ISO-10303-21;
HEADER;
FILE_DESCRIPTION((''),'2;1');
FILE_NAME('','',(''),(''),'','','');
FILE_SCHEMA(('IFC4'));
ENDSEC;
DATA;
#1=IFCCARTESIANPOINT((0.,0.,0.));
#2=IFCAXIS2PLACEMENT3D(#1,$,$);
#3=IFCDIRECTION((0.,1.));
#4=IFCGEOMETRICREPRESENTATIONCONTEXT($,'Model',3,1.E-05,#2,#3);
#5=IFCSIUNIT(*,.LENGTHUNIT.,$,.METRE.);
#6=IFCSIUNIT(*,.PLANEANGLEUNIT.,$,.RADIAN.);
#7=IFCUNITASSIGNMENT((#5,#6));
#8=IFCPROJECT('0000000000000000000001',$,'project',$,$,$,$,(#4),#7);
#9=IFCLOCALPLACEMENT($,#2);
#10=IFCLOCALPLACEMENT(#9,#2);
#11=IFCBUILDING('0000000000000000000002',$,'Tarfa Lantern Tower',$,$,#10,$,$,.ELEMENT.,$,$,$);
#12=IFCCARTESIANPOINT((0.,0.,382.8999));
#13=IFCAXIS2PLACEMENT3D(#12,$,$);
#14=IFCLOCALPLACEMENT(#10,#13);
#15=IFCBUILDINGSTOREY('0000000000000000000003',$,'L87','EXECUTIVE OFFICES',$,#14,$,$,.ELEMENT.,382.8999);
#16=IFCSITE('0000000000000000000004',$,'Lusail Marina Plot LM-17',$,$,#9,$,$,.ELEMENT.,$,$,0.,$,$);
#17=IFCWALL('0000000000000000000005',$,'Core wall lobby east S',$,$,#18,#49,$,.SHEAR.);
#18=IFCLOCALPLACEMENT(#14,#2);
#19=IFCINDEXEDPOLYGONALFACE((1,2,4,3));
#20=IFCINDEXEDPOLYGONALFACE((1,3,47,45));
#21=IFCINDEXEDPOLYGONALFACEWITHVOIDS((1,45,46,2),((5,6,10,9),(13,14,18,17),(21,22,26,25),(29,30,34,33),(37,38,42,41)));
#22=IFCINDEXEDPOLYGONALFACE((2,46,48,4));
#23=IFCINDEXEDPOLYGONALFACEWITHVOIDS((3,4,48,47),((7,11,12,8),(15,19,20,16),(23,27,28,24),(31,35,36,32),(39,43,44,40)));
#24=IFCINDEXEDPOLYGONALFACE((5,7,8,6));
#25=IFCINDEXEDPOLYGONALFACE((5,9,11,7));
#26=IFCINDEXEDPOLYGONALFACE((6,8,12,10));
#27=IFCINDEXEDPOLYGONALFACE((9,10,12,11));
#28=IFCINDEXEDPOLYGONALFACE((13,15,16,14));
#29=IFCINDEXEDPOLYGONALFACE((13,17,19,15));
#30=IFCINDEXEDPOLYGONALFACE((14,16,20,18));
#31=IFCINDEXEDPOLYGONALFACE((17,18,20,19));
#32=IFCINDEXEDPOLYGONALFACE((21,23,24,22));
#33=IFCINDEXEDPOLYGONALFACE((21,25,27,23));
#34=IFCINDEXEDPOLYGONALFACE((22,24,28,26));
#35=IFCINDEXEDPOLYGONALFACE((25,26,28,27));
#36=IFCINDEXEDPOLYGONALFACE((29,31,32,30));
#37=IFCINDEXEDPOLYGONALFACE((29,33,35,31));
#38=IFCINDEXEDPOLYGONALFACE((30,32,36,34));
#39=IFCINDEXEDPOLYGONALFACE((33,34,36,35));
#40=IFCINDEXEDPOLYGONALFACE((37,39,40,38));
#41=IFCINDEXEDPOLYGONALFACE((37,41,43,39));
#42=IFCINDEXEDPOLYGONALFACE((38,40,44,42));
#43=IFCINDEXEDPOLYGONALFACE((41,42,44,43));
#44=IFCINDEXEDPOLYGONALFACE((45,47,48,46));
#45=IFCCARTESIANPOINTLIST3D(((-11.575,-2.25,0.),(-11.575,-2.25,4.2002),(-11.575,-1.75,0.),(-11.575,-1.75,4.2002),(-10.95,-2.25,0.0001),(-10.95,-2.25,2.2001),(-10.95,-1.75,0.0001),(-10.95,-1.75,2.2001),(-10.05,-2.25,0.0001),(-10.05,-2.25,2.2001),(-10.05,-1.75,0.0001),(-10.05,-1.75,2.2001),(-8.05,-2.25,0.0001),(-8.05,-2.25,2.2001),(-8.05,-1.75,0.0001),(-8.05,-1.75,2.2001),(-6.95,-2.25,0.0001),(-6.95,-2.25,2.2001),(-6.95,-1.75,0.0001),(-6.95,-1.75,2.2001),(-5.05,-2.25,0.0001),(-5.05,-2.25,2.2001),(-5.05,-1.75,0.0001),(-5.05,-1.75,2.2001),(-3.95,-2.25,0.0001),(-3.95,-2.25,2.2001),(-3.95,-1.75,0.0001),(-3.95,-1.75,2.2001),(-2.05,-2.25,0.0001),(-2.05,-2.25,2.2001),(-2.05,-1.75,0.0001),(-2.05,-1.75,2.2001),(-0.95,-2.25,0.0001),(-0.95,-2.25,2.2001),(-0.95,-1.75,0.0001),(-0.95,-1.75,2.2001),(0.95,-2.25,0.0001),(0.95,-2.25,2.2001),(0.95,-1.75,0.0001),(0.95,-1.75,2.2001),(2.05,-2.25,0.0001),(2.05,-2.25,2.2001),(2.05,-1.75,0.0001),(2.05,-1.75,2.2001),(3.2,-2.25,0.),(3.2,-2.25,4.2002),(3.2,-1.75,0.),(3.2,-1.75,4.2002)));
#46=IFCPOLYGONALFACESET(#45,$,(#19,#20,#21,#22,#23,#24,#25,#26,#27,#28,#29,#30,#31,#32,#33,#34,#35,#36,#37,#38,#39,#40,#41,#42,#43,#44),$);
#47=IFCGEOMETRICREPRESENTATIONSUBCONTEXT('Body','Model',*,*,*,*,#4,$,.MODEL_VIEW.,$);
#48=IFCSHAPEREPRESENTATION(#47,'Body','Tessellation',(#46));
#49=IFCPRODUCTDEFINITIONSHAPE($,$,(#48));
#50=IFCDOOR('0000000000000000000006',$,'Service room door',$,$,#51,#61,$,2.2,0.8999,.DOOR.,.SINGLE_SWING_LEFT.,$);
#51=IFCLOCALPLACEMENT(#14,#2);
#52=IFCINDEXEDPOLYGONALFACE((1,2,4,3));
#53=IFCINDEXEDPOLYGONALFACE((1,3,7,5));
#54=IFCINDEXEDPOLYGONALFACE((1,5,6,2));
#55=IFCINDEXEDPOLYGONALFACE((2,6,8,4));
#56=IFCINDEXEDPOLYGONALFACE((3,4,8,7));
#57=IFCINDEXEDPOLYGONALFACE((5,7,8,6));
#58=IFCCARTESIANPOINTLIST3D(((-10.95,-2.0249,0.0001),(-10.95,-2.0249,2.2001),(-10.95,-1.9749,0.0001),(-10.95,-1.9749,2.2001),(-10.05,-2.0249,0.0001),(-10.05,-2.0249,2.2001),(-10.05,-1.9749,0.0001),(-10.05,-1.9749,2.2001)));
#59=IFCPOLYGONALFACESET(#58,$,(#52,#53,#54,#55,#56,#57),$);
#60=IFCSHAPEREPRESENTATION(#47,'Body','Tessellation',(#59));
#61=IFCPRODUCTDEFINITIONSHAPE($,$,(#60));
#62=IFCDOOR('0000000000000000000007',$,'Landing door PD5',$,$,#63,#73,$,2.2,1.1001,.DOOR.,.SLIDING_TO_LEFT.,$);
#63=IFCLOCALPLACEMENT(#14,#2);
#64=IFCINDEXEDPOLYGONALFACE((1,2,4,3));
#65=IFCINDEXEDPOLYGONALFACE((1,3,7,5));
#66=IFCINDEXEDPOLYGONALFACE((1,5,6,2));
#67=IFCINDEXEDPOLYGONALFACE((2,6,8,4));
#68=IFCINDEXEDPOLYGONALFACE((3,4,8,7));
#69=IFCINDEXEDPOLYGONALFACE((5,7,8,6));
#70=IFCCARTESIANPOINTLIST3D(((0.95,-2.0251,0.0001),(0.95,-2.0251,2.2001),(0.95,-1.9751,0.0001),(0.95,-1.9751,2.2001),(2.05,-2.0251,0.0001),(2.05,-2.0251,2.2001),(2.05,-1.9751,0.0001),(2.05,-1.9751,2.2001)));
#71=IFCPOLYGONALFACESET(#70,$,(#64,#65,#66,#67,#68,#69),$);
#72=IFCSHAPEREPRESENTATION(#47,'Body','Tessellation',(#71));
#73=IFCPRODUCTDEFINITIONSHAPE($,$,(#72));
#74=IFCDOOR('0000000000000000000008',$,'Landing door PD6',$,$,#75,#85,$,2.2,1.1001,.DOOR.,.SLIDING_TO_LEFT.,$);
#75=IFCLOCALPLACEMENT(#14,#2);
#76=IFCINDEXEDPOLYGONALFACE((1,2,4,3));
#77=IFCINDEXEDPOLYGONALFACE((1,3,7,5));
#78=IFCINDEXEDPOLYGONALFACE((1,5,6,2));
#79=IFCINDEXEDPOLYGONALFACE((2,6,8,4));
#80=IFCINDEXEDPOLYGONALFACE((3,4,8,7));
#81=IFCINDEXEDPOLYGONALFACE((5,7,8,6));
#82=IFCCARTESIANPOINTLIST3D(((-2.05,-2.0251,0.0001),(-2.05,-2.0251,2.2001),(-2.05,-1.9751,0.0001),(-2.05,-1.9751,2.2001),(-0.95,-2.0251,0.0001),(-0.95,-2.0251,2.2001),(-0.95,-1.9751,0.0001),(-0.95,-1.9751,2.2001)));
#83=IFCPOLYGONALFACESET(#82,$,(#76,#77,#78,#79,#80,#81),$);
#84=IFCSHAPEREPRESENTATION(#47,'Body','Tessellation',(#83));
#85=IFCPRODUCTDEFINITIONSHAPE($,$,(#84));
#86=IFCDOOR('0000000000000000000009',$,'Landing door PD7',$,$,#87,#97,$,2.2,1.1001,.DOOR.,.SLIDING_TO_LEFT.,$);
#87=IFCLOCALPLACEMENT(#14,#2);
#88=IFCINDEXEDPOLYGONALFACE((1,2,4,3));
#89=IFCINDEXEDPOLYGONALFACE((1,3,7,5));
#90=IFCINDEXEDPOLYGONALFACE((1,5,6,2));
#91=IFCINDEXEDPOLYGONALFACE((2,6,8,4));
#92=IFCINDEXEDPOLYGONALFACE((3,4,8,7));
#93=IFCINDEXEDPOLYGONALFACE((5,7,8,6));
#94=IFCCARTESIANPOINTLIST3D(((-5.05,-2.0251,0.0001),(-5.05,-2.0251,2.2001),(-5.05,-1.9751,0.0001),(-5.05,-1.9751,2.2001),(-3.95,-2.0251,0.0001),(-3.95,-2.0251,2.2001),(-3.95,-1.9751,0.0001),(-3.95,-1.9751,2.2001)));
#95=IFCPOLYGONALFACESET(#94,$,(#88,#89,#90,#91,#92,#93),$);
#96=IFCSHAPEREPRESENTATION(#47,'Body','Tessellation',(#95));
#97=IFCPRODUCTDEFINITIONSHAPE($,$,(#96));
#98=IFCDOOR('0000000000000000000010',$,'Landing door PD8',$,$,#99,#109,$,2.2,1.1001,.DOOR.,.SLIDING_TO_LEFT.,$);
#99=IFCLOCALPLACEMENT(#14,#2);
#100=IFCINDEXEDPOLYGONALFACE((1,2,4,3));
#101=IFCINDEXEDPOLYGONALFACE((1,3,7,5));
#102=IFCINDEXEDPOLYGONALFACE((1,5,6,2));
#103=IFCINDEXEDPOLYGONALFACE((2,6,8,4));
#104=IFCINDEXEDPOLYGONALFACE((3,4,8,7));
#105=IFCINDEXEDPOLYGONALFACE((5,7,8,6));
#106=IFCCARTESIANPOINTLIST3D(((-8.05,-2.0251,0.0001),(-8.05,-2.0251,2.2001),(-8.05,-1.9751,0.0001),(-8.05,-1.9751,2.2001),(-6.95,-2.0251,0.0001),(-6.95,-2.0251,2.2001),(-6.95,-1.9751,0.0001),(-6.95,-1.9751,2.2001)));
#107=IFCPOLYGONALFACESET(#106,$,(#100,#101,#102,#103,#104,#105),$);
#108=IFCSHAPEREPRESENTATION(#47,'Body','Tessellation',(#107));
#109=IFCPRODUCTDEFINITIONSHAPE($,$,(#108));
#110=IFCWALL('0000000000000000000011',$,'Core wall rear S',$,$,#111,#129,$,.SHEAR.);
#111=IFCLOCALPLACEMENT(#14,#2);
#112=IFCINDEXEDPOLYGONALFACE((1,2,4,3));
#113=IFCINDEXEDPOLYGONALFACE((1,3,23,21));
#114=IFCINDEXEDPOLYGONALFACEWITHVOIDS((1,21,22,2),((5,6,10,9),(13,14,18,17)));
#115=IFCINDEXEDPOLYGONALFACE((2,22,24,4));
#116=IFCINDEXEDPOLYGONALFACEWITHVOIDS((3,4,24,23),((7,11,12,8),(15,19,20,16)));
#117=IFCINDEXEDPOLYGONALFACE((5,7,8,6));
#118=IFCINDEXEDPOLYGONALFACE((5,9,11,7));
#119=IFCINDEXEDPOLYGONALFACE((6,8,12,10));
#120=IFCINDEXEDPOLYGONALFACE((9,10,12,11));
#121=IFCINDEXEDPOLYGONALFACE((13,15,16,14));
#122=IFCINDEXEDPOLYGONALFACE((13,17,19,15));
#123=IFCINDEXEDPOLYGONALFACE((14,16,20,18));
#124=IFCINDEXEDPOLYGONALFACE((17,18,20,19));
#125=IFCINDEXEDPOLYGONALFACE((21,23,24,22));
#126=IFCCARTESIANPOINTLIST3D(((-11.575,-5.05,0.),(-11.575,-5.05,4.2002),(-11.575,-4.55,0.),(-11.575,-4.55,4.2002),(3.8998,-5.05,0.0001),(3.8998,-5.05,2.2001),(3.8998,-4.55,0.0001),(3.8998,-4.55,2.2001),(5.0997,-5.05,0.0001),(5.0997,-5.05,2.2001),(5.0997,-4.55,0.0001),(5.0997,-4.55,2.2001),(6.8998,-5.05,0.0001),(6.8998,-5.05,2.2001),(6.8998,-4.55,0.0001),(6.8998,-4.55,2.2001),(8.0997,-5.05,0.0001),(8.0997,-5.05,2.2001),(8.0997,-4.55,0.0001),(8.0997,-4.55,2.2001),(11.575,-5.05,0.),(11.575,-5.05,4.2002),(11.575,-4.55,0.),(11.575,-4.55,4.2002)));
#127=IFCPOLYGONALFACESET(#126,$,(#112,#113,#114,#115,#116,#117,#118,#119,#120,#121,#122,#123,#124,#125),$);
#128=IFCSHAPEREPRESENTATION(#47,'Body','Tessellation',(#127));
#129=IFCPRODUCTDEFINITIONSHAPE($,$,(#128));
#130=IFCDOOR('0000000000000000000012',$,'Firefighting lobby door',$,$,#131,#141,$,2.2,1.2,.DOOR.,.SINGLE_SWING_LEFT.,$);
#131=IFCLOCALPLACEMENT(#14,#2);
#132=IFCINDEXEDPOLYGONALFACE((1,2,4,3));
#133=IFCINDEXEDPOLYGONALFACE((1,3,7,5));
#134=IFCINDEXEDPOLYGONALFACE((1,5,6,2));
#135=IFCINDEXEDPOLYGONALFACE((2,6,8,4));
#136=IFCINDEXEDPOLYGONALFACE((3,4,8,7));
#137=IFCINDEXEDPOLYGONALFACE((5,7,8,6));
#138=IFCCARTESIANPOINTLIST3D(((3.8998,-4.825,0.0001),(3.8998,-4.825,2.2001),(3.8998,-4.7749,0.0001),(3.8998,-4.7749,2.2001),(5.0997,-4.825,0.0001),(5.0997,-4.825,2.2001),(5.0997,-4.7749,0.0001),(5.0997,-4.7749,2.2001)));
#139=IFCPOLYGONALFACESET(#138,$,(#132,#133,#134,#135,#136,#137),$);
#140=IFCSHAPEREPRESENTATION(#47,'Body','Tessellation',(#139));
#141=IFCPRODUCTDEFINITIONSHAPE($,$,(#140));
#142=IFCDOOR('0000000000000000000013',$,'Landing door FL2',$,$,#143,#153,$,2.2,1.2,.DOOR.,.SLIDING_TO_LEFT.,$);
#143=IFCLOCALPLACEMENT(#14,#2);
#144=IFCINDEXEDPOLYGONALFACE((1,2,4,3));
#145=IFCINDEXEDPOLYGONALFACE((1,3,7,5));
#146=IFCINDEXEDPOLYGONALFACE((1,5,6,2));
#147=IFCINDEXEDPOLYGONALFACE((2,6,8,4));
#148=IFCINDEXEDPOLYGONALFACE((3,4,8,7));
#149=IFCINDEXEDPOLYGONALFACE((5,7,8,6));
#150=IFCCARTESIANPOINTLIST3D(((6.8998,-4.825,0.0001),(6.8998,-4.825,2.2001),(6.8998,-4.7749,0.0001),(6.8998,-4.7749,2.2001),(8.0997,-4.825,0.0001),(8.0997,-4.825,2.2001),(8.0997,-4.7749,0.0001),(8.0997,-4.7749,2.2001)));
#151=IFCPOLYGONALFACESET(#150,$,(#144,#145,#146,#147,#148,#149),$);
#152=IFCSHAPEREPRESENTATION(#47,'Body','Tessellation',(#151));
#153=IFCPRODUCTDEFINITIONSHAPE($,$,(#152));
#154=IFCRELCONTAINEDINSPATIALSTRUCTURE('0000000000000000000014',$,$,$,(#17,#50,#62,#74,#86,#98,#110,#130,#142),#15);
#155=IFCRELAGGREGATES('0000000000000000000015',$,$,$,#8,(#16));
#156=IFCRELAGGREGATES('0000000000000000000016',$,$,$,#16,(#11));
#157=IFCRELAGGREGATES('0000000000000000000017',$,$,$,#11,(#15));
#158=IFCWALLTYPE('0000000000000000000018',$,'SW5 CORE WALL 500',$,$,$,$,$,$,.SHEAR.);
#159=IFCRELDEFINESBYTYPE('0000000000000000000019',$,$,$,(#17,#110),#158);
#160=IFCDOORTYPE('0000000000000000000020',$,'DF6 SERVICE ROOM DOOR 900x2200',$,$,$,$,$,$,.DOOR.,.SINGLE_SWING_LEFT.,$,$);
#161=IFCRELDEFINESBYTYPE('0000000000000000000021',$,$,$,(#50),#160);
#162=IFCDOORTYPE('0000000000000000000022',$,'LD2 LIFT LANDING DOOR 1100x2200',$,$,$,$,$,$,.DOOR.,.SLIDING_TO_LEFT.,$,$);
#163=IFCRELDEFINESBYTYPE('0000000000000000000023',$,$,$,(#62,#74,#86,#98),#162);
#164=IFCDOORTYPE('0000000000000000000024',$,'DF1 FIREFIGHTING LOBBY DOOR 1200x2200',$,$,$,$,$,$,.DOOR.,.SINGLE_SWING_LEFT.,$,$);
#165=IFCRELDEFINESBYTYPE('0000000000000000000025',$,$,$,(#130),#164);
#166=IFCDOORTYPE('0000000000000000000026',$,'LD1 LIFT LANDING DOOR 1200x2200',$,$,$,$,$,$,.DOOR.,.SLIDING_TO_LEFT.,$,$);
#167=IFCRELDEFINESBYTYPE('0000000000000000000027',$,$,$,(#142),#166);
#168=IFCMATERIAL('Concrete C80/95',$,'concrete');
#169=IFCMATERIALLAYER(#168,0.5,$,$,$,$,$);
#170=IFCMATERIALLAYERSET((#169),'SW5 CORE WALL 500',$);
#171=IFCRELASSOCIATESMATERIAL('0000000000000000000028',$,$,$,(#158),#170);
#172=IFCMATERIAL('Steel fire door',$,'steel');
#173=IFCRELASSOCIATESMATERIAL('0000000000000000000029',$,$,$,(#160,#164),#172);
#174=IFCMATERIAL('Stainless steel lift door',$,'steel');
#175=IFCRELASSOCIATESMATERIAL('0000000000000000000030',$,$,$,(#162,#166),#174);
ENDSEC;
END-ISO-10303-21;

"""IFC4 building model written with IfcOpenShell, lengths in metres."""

from ifc_helpers import new_model, si_unit, direction, frame, frame_2d, origin, place, context, subcontext, project, spatial, rectangle, extrude, material, layer, layer_set, type_object, element, fill, save


model = new_model("IFC4")

# Units and contexts
model_context = context("Model", 3, precision=1e-05, world=origin(), true_north=direction((0.0, 1.0)))
body_context = subcontext(model_context, "Body", "Model", "MODEL_VIEW")
ifc_project = project(units=[si_unit("LENGTHUNIT", "METRE"), si_unit("PLANEANGLEUNIT", "RADIAN")], contexts=[model_context])

# Site, building, storey
site_placement = place(None, origin())
site = spatial("IfcSite", under=ifc_project, at=site_placement, Name="Lusail Marina Plot LM-17", CompositionType="ELEMENT", RefElevation=0.0)
building_placement = place(site_placement, origin())
building = spatial("IfcBuilding", under=site, at=building_placement, Name="Tarfa Lantern Tower", CompositionType="ELEMENT")
storey_placement = place(building_placement, frame((0.0, 0.0, 382.8999)))
storey = spatial("IfcBuildingStorey", under=building, at=storey_placement, Name="L87", Description="EXECUTIVE OFFICES", CompositionType="ELEMENT", Elevation=382.8999)

# Shared definitions
ifc_material_1 = material(Name="Concrete C80/95", Category="concrete")

# Shared definitions
ifc_material_2 = material(Name="Steel fire door", Category="steel")
ifc_layer_1 = layer(ifc_material_1, 0.5)
ifc_layer_set_1 = layer_set([ifc_layer_1], Name="SW5 CORE WALL 500")
wall_type_1 = type_object("IfcWallType", Name="SW5 CORE WALL 500", PredefinedType="SHEAR", material=ifc_layer_set_1)
door_type_1 = type_object("IfcDoorType", Name="DF6 SERVICE ROOM DOOR 900x2200", OperationType="SINGLE_SWING_LEFT", PredefinedType="DOOR", material=ifc_material_2)

# Walls, openings, doors
wall_1_placement = place(storey_placement, frame((3.2, -2.0, 0.0), z_axis=(0.0, 0.0, 1.0), x_axis=(-1.0, 0.0, 0.0)))
wall_1 = element("IfcWall", 1, at=wall_1_placement, inside=storey, type_object=wall_type_1, Name="Core wall lobby east S", PredefinedType="SHEAR", context=body_context, shape_type="SweptSolid", body=[
    extrude(rectangle(XDim=14.7749, YDim=0.5, at=frame_2d((7.3875, 0.0))), origin(), (0.0, 0.0, 1.0), 4.2002),
])
opening_1_placement = place(wall_1_placement, frame((13.25, 0.0, 0.0)))
opening_1 = element("IfcOpeningElement", 2, at=opening_1_placement, cuts=wall_1, PredefinedType="OPENING", context=body_context, shape_type="SweptSolid", body=[
    extrude(rectangle(XDim=0.8999, YDim=2.2, at=frame_2d((0.45, 1.1001))), frame((0.0, 0.26, 0.0), z_axis=(0.0, -1.0, 0.0), x_axis=(1.0, 0.0, 0.0)), (0.0, 0.0, 1.0), 0.52),
])
opening_2_placement = place(wall_1_placement, frame((1.1499, 0.0, 0.0)))
opening_2 = element("IfcOpeningElement", 3, at=opening_2_placement, cuts=wall_1, PredefinedType="OPENING", context=body_context, shape_type="SweptSolid", body=[
    extrude(rectangle(XDim=1.1001, YDim=2.2, at=frame_2d((0.55, 1.1001))), frame((0.0, 0.26, 0.0), z_axis=(0.0, -1.0, 0.0), x_axis=(1.0, 0.0, 0.0)), (0.0, 0.0, 1.0), 0.52),
])
opening_3_placement = place(wall_1_placement, frame((4.1499, 0.0, 0.0)))
opening_3 = element("IfcOpeningElement", 4, at=opening_3_placement, cuts=wall_1, PredefinedType="OPENING", context=body_context, shape_type="SweptSolid", body=[
    extrude(rectangle(XDim=1.1001, YDim=2.2, at=frame_2d((0.55, 1.1001))), frame((0.0, 0.26, 0.0), z_axis=(0.0, -1.0, 0.0), x_axis=(1.0, 0.0, 0.0)), (0.0, 0.0, 1.0), 0.52),
])
opening_4_placement = place(wall_1_placement, frame((7.1499, 0.0, 0.0)))
opening_4 = element("IfcOpeningElement", 5, at=opening_4_placement, cuts=wall_1, PredefinedType="OPENING", context=body_context, shape_type="SweptSolid", body=[
    extrude(rectangle(XDim=1.1001, YDim=2.2, at=frame_2d((0.55, 1.1001))), frame((0.0, 0.26, 0.0), z_axis=(0.0, -1.0, 0.0), x_axis=(1.0, 0.0, 0.0)), (0.0, 0.0, 1.0), 0.52),
])
opening_5_placement = place(wall_1_placement, frame((10.1499, 0.0, 0.0)))
opening_5 = element("IfcOpeningElement", 6, at=opening_5_placement, cuts=wall_1, PredefinedType="OPENING", context=body_context, shape_type="SweptSolid", body=[
    extrude(rectangle(XDim=1.1001, YDim=2.2, at=frame_2d((0.55, 1.1001))), frame((0.0, 0.26, 0.0), z_axis=(0.0, -1.0, 0.0), x_axis=(1.0, 0.0, 0.0)), (0.0, 0.0, 1.0), 0.52),
])
door_1_placement = place(opening_1_placement, origin())
door_1 = element("IfcDoor", 7, at=door_1_placement, inside=storey, type_object=door_type_1, Name="Service room door", OperationType="SINGLE_SWING_LEFT", OverallHeight=2.2, OverallWidth=0.8999, PredefinedType="DOOR", context=body_context, shape_type="SweptSolid", body=[
    extrude(rectangle(XDim=0.8999, YDim=2.2, at=frame_2d((0.45, 1.1001))), frame((0.0, 0.0249, 0.0), z_axis=(0.0, -1.0, 0.0), x_axis=(1.0, 0.0, 0.0)), (0.0, 0.0, 1.0), 0.05),
])
fill(opening_1, door_1)
ifc_material_3 = material(Name="Stainless steel lift door", Category="steel")
door_type_2 = type_object("IfcDoorType", Name="LD2 LIFT LANDING DOOR 1100x2200", OperationType="SLIDING_TO_LEFT", PredefinedType="DOOR", material=ifc_material_3)
door_2_placement = place(opening_2_placement, frame((1.1001, 0.0, 0.0), z_axis=(0.0, 0.0, 1.0), x_axis=(-1.0, 0.0, 0.0)))
door_2 = element("IfcDoor", 8, at=door_2_placement, inside=storey, type_object=door_type_2, Name="Landing door PD5", OperationType="SLIDING_TO_LEFT", OverallHeight=2.2, OverallWidth=1.1001, PredefinedType="DOOR", context=body_context, shape_type="SweptSolid", body=[
    extrude(rectangle(XDim=1.1001, YDim=2.2, at=frame_2d((0.55, 1.1001))), frame((0.0, 0.0249, 0.0), z_axis=(0.0, -1.0, 0.0), x_axis=(1.0, 0.0, 0.0)), (0.0, 0.0, 1.0), 0.05),
])
fill(opening_2, door_2)
door_3_placement = place(opening_3_placement, frame((1.1001, 0.0, 0.0), z_axis=(0.0, 0.0, 1.0), x_axis=(-1.0, 0.0, 0.0)))
door_3 = element("IfcDoor", 9, at=door_3_placement, inside=storey, type_object=door_type_2, Name="Landing door PD6", OperationType="SLIDING_TO_LEFT", OverallHeight=2.2, OverallWidth=1.1001, PredefinedType="DOOR", context=body_context, shape_type="SweptSolid", body=[
    extrude(rectangle(XDim=1.1001, YDim=2.2, at=frame_2d((0.55, 1.1001))), frame((0.0, 0.0249, 0.0), z_axis=(0.0, -1.0, 0.0), x_axis=(1.0, 0.0, 0.0)), (0.0, 0.0, 1.0), 0.05),
])
fill(opening_3, door_3)
door_4_placement = place(opening_4_placement, frame((1.1001, 0.0, 0.0), z_axis=(0.0, 0.0, 1.0), x_axis=(-1.0, 0.0, 0.0)))
door_4 = element("IfcDoor", 10, at=door_4_placement, inside=storey, type_object=door_type_2, Name="Landing door PD7", OperationType="SLIDING_TO_LEFT", OverallHeight=2.2, OverallWidth=1.1001, PredefinedType="DOOR", context=body_context, shape_type="SweptSolid", body=[
    extrude(rectangle(XDim=1.1001, YDim=2.2, at=frame_2d((0.55, 1.1001))), frame((0.0, 0.0249, 0.0), z_axis=(0.0, -1.0, 0.0), x_axis=(1.0, 0.0, 0.0)), (0.0, 0.0, 1.0), 0.05),
])
fill(opening_4, door_4)
door_5_placement = place(opening_5_placement, frame((1.1001, 0.0, 0.0), z_axis=(0.0, 0.0, 1.0), x_axis=(-1.0, 0.0, 0.0)))
door_5 = element("IfcDoor", 11, at=door_5_placement, inside=storey, type_object=door_type_2, Name="Landing door PD8", OperationType="SLIDING_TO_LEFT", OverallHeight=2.2, OverallWidth=1.1001, PredefinedType="DOOR", context=body_context, shape_type="SweptSolid", body=[
    extrude(rectangle(XDim=1.1001, YDim=2.2, at=frame_2d((0.55, 1.1001))), frame((0.0, 0.0249, 0.0), z_axis=(0.0, -1.0, 0.0), x_axis=(1.0, 0.0, 0.0)), (0.0, 0.0, 1.0), 0.05),
])
fill(opening_5, door_5)
wall_2_placement = place(storey_placement, frame((11.575, -4.8, 0.0), z_axis=(0.0, 0.0, 1.0), x_axis=(-1.0, 0.0, 0.0)))
wall_2 = element("IfcWall", 12, at=wall_2_placement, inside=storey, type_object=wall_type_1, Name="Core wall rear S", PredefinedType="SHEAR", context=body_context, shape_type="SweptSolid", body=[
    extrude(rectangle(XDim=23.1499, YDim=0.5, at=frame_2d((11.575, 0.0))), origin(), (0.0, 0.0, 1.0), 4.2002),
])
opening_6_placement = place(wall_2_placement, frame((6.4751, 0.0, 0.0)))
opening_6 = element("IfcOpeningElement", 13, at=opening_6_placement, cuts=wall_2, PredefinedType="OPENING", context=body_context, shape_type="SweptSolid", body=[
    extrude(rectangle(XDim=1.2, YDim=2.2, at=frame_2d((0.6001, 1.1001))), frame((0.0, 0.26, 0.0), z_axis=(0.0, -1.0, 0.0), x_axis=(1.0, 0.0, 0.0)), (0.0, 0.0, 1.0), 0.52),
])
opening_7_placement = place(wall_2_placement, frame((3.4751, 0.0, 0.0)))
opening_7 = element("IfcOpeningElement", 14, at=opening_7_placement, cuts=wall_2, PredefinedType="OPENING", context=body_context, shape_type="SweptSolid", body=[
    extrude(rectangle(XDim=1.2, YDim=2.2, at=frame_2d((0.6001, 1.1001))), frame((0.0, 0.26, 0.0), z_axis=(0.0, -1.0, 0.0), x_axis=(1.0, 0.0, 0.0)), (0.0, 0.0, 1.0), 0.52),
])
door_type_3 = type_object("IfcDoorType", Name="DF1 FIREFIGHTING LOBBY DOOR 1200x2200", OperationType="SINGLE_SWING_LEFT", PredefinedType="DOOR", material=ifc_material_2)
door_6_placement = place(opening_6_placement, origin())
door_6 = element("IfcDoor", 15, at=door_6_placement, inside=storey, type_object=door_type_3, Name="Firefighting lobby door", OperationType="SINGLE_SWING_LEFT", OverallHeight=2.2, OverallWidth=1.2, PredefinedType="DOOR", context=body_context, shape_type="SweptSolid", body=[
    extrude(rectangle(XDim=1.2, YDim=2.2, at=frame_2d((0.6001, 1.1001))), frame((0.0, 0.0249, 0.0), z_axis=(0.0, -1.0, 0.0), x_axis=(1.0, 0.0, 0.0)), (0.0, 0.0, 1.0), 0.05),
])
fill(opening_6, door_6)
door_type_4 = type_object("IfcDoorType", Name="LD1 LIFT LANDING DOOR 1200x2200", OperationType="SLIDING_TO_LEFT", PredefinedType="DOOR", material=ifc_material_3)
door_7_placement = place(opening_7_placement, origin())
door_7 = element("IfcDoor", 16, at=door_7_placement, inside=storey, type_object=door_type_4, Name="Landing door FL2", OperationType="SLIDING_TO_LEFT", OverallHeight=2.2, OverallWidth=1.2, PredefinedType="DOOR", context=body_context, shape_type="SweptSolid", body=[
    extrude(rectangle(XDim=1.2, YDim=2.2, at=frame_2d((0.6001, 1.1001))), frame((0.0, 0.0249, 0.0), z_axis=(0.0, -1.0, 0.0), x_axis=(1.0, 0.0, 0.0)), (0.0, 0.0, 1.0), 0.05),
])
fill(opening_7, door_7)

save(model, "model.ifc")
